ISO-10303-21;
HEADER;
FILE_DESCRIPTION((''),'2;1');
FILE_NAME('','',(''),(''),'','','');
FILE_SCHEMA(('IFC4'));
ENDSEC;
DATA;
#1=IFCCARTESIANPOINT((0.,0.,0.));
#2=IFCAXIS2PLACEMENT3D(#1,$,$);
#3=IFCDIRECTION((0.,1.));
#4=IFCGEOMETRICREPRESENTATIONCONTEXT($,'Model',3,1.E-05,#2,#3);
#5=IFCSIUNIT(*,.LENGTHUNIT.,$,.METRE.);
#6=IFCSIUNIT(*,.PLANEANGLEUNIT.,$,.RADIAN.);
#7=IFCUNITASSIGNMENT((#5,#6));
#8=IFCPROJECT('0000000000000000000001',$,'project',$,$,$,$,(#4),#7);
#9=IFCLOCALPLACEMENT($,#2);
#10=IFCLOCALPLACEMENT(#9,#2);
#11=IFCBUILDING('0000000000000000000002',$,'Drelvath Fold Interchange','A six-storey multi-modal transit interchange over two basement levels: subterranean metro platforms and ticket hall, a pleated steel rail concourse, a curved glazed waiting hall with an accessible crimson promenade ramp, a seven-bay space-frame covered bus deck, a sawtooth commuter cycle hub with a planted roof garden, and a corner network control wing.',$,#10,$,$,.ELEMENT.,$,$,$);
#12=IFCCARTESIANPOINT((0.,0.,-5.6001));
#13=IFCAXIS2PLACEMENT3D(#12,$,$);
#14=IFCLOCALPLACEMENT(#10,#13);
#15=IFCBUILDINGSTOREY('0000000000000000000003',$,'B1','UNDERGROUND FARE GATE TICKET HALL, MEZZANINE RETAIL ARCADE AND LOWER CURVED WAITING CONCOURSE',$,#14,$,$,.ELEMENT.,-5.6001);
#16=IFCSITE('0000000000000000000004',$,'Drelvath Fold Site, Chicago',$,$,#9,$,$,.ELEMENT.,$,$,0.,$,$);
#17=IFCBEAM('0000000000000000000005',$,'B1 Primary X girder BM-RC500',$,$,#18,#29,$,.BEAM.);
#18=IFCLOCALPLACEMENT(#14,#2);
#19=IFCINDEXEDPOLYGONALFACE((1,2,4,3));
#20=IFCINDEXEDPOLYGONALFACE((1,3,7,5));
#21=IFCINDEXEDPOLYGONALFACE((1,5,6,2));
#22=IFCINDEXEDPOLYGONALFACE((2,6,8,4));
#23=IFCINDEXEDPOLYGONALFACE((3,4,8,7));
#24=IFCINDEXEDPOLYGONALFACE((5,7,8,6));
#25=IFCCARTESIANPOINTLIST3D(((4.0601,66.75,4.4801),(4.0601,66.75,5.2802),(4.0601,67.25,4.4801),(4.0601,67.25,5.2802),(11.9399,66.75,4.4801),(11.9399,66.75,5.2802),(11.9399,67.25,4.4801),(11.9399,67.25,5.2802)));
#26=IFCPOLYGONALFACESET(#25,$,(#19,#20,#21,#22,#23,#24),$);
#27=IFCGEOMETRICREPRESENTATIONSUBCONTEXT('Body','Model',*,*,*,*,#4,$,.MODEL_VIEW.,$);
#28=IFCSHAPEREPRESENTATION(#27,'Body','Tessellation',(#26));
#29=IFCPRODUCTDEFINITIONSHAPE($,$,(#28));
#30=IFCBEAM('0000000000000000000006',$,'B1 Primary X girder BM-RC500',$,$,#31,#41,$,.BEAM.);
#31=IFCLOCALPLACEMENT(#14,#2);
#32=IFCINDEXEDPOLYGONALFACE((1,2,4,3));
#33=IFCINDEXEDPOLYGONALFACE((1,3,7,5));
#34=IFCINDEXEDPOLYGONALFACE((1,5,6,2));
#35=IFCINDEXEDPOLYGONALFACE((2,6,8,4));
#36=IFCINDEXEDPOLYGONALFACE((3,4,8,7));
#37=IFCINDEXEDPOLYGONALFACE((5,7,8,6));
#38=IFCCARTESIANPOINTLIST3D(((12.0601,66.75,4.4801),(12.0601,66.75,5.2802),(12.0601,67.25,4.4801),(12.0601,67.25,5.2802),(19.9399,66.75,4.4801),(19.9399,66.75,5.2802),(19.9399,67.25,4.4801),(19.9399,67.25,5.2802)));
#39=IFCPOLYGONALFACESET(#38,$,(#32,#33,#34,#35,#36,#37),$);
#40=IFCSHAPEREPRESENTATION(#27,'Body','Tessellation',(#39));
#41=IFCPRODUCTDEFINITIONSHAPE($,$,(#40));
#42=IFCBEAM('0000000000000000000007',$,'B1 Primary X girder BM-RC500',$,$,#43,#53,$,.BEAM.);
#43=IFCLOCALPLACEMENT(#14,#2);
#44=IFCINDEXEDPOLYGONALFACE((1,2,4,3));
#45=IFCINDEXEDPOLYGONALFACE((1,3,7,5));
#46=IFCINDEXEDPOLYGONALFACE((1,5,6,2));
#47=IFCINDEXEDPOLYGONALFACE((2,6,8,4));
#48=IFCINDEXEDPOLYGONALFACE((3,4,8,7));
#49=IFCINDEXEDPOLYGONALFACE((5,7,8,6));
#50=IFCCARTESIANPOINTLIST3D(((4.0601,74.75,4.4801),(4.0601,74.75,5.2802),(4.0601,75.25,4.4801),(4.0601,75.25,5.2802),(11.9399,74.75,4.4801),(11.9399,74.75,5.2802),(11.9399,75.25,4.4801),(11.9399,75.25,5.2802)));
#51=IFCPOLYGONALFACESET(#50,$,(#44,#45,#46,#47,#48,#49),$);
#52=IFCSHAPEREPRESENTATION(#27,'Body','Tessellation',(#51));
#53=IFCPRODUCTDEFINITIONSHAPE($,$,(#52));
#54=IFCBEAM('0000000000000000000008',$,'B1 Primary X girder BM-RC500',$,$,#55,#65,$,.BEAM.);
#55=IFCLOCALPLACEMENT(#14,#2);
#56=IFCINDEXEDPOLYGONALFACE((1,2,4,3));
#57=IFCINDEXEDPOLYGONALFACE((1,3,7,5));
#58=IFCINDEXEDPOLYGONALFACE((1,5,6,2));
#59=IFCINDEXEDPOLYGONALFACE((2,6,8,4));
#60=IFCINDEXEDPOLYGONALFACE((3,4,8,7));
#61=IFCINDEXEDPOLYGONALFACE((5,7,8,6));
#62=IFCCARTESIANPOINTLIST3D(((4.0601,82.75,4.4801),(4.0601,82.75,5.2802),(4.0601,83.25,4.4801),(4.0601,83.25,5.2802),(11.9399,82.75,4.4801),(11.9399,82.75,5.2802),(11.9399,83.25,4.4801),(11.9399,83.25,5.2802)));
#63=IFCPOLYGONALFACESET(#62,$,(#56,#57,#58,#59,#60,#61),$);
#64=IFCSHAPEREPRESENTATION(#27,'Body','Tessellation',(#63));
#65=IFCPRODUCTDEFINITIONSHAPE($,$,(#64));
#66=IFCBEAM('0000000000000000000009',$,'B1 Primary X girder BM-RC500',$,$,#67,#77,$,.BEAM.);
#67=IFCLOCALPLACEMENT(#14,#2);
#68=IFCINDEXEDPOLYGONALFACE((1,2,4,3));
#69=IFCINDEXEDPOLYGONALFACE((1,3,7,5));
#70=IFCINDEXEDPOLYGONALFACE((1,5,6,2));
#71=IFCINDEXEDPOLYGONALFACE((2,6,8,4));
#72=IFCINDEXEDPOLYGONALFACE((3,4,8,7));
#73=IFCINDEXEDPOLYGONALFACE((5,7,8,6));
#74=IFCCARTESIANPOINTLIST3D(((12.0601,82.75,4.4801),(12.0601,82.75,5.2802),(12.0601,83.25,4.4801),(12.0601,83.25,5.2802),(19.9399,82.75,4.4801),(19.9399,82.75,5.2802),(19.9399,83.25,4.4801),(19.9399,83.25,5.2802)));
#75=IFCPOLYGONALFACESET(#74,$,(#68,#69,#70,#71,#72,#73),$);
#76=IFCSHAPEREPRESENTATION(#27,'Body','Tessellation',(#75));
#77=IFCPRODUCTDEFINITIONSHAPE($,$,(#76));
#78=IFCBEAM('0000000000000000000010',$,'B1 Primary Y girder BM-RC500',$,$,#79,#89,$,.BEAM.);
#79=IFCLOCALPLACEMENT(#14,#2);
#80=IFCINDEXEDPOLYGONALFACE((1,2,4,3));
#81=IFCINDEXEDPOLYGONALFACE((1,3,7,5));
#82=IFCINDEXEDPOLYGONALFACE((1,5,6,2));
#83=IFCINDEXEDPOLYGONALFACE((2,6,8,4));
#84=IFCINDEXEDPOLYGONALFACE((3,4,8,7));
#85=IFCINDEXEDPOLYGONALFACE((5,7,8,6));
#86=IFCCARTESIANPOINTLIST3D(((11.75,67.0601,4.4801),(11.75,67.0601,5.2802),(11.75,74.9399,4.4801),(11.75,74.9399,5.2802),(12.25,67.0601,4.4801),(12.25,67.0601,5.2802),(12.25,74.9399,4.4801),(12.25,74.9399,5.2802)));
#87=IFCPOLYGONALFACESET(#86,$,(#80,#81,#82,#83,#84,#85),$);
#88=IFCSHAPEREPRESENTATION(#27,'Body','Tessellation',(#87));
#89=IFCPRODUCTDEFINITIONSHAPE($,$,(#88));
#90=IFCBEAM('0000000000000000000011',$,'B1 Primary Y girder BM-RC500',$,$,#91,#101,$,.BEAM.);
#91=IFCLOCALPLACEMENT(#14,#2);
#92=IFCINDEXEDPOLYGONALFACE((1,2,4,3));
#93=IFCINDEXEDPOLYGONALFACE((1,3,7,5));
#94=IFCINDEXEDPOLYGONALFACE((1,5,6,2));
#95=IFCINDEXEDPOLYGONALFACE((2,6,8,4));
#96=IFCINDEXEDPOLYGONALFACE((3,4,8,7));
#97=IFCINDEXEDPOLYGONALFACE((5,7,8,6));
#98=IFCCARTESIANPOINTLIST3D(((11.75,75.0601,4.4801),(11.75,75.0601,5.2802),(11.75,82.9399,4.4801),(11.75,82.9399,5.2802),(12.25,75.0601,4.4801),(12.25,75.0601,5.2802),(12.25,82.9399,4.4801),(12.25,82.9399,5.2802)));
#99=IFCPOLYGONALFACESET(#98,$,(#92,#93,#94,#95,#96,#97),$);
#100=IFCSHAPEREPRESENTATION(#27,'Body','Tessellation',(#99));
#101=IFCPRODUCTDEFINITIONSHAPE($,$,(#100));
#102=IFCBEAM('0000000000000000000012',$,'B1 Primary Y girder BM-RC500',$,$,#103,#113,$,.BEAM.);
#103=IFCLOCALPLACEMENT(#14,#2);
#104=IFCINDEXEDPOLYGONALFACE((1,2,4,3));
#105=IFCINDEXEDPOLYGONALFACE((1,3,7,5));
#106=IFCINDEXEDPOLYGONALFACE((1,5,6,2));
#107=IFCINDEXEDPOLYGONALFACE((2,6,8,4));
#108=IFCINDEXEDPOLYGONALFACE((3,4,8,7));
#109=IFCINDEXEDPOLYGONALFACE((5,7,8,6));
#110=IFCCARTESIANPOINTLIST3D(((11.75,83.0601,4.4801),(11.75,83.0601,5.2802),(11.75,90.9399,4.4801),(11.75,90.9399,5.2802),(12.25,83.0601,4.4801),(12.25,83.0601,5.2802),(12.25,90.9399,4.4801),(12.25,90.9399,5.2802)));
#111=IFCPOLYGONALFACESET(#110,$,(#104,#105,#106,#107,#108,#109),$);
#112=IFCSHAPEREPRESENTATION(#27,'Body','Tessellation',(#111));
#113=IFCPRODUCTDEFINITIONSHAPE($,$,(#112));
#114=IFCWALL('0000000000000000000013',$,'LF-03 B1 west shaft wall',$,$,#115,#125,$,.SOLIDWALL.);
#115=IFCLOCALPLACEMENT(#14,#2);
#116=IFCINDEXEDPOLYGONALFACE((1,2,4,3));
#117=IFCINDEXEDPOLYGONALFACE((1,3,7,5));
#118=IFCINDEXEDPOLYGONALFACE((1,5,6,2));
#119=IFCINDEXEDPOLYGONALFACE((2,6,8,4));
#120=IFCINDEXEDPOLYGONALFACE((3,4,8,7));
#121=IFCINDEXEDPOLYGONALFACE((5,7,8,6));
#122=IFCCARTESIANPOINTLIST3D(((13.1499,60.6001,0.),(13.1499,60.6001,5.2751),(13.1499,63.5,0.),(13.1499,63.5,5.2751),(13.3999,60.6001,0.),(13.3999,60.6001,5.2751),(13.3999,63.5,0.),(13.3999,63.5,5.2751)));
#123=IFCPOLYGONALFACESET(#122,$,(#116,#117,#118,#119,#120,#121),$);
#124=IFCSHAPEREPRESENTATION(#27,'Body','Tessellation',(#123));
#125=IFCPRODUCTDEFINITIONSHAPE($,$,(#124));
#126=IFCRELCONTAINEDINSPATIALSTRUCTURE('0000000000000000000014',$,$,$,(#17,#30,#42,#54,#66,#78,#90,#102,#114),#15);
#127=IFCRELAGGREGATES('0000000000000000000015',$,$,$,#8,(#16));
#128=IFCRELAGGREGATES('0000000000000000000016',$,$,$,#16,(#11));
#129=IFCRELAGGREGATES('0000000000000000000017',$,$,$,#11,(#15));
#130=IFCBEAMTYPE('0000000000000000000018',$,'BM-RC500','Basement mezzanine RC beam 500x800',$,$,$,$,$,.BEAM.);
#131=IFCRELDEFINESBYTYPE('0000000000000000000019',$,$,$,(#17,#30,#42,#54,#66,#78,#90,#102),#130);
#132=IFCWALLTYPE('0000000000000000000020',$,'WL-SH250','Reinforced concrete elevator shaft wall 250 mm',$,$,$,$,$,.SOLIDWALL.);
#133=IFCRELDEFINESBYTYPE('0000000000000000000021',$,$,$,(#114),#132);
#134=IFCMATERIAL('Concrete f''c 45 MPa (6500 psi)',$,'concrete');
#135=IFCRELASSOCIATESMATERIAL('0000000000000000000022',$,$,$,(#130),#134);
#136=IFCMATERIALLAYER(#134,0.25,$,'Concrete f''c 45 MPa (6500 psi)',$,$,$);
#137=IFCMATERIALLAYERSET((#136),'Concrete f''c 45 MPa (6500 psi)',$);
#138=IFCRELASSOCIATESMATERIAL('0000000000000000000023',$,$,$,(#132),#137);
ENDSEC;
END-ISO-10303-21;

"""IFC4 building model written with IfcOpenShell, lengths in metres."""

from ifc_helpers import new_model, si_unit, direction, frame, frame_2d, origin, origin_2d, place, context, subcontext, project, spatial, rectangle, extrude, material, layer, layer_set, material_profile, profile_set, type_object, element, save


model = new_model("IFC4")

# Units and contexts
model_context = context("Model", 3, precision=1e-05, world=origin(), true_north=direction((0.0, 1.0)))
body_context = subcontext(model_context, "Body", "Model", "MODEL_VIEW")
ifc_project = project(units=[si_unit("LENGTHUNIT", "METRE"), si_unit("PLANEANGLEUNIT", "RADIAN")], contexts=[model_context])

# Site, building, storey
site_placement = place(None, origin())
site = spatial("IfcSite", under=ifc_project, at=site_placement, Name="Drelvath Fold Site, Chicago", CompositionType="ELEMENT", RefElevation=0.0)
building_placement = place(site_placement, origin())
building = spatial("IfcBuilding", under=site, at=building_placement, Name="Drelvath Fold Interchange", Description="A six-storey multi-modal transit interchange over two basement levels: subterranean metro platforms and ticket hall, a pleated steel rail concourse, a curved glazed waiting hall with an accessible crimson promenade ramp, a seven-bay space-frame covered bus deck, a sawtooth commuter cycle hub with a planted roof garden, and a corner network control wing.", CompositionType="ELEMENT")
storey_placement = place(building_placement, frame((0.0, 0.0, -5.6001)))
storey = spatial("IfcBuildingStorey", under=building, at=storey_placement, Name="B1", Description="UNDERGROUND FARE GATE TICKET HALL, MEZZANINE RETAIL ARCADE AND LOWER CURVED WAITING CONCOURSE", CompositionType="ELEMENT", Elevation=-5.6001)

# Beams
ifc_material_1 = material(Name="Concrete f'c 45 MPa (6500 psi)", Category="concrete")
ifc_material_profile_1 = material_profile(ifc_material_1, rectangle(XDim=0.5, YDim=0.8, at=origin_2d()), Name="RC 500x800")
ifc_profile_set_1 = profile_set([ifc_material_profile_1], Name="Concrete f'c 45 MPa (6500 psi)")
beam_type_1 = type_object("IfcBeamType", Name="BM-RC500", Description="Basement mezzanine RC beam 500x800", PredefinedType="BEAM", material=ifc_profile_set_1)
for number, where, z_axis, x_axis, name in (
    (1, (4.0601, 67.0, 4.8801), (1.0, 0.0, 0.0), (0.0, 1.0, 0.0), "B1 Primary X girder BM-RC500"),
    (2, (12.0601, 67.0, 4.8801), (1.0, 0.0, 0.0), (0.0, 1.0, 0.0), "B1 Primary X girder BM-RC500"),
    (3, (4.0601, 75.0, 4.8801), (1.0, 0.0, 0.0), (0.0, 1.0, 0.0), "B1 Primary X girder BM-RC500"),
    (4, (4.0601, 83.0, 4.8801), (1.0, 0.0, 0.0), (0.0, 1.0, 0.0), "B1 Primary X girder BM-RC500"),
    (5, (12.0601, 83.0, 4.8801), (1.0, 0.0, 0.0), (0.0, 1.0, 0.0), "B1 Primary X girder BM-RC500"),
    (6, (12.0, 67.0601, 4.8801), (0.0, 1.0, 0.0), (-1.0, 0.0, 0.0), "B1 Primary Y girder BM-RC500"),
    (7, (12.0, 75.0601, 4.8801), (0.0, 1.0, 0.0), (-1.0, 0.0, 0.0), "B1 Primary Y girder BM-RC500"),
    (8, (12.0, 83.0601, 4.8801), (0.0, 1.0, 0.0), (-1.0, 0.0, 0.0), "B1 Primary Y girder BM-RC500"),
):
    element("IfcBeam", number, at=place(storey_placement, frame(where, z_axis=z_axis, x_axis=x_axis)), inside=storey, type_object=beam_type_1, Name=name, PredefinedType="BEAM", context=body_context, shape_type="SweptSolid", body=[
        extrude(rectangle(XDim=0.5, YDim=0.8, at=origin_2d()), origin(), (0.0, 0.0, 1.0), 7.8799),
    ])

# Wall
ifc_layer = layer(ifc_material_1, 0.25, Name="Concrete f'c 45 MPa (6500 psi)")
ifc_layer_set = layer_set([ifc_layer], Name="Concrete f'c 45 MPa (6500 psi)")
wall_type = type_object("IfcWallType", Name="WL-SH250", Description="Reinforced concrete elevator shaft wall 250 mm", PredefinedType="SOLIDWALL", material=ifc_layer_set)
wall_placement = place(storey_placement, frame((13.2749, 63.5, 0.0), z_axis=(0.0, 0.0, 1.0), x_axis=(0.0, -1.0, 0.0)))
element("IfcWall", 9, at=wall_placement, inside=storey, type_object=wall_type, Name="LF-03 B1 west shaft wall", PredefinedType="SOLIDWALL", context=body_context, shape_type="SweptSolid", body=[
    extrude(rectangle(XDim=2.8999, YDim=0.25, at=frame_2d((1.45, 0.0))), origin(), (0.0, 0.0, 1.0), 5.2751),
])

save(model, "model.ifc")
